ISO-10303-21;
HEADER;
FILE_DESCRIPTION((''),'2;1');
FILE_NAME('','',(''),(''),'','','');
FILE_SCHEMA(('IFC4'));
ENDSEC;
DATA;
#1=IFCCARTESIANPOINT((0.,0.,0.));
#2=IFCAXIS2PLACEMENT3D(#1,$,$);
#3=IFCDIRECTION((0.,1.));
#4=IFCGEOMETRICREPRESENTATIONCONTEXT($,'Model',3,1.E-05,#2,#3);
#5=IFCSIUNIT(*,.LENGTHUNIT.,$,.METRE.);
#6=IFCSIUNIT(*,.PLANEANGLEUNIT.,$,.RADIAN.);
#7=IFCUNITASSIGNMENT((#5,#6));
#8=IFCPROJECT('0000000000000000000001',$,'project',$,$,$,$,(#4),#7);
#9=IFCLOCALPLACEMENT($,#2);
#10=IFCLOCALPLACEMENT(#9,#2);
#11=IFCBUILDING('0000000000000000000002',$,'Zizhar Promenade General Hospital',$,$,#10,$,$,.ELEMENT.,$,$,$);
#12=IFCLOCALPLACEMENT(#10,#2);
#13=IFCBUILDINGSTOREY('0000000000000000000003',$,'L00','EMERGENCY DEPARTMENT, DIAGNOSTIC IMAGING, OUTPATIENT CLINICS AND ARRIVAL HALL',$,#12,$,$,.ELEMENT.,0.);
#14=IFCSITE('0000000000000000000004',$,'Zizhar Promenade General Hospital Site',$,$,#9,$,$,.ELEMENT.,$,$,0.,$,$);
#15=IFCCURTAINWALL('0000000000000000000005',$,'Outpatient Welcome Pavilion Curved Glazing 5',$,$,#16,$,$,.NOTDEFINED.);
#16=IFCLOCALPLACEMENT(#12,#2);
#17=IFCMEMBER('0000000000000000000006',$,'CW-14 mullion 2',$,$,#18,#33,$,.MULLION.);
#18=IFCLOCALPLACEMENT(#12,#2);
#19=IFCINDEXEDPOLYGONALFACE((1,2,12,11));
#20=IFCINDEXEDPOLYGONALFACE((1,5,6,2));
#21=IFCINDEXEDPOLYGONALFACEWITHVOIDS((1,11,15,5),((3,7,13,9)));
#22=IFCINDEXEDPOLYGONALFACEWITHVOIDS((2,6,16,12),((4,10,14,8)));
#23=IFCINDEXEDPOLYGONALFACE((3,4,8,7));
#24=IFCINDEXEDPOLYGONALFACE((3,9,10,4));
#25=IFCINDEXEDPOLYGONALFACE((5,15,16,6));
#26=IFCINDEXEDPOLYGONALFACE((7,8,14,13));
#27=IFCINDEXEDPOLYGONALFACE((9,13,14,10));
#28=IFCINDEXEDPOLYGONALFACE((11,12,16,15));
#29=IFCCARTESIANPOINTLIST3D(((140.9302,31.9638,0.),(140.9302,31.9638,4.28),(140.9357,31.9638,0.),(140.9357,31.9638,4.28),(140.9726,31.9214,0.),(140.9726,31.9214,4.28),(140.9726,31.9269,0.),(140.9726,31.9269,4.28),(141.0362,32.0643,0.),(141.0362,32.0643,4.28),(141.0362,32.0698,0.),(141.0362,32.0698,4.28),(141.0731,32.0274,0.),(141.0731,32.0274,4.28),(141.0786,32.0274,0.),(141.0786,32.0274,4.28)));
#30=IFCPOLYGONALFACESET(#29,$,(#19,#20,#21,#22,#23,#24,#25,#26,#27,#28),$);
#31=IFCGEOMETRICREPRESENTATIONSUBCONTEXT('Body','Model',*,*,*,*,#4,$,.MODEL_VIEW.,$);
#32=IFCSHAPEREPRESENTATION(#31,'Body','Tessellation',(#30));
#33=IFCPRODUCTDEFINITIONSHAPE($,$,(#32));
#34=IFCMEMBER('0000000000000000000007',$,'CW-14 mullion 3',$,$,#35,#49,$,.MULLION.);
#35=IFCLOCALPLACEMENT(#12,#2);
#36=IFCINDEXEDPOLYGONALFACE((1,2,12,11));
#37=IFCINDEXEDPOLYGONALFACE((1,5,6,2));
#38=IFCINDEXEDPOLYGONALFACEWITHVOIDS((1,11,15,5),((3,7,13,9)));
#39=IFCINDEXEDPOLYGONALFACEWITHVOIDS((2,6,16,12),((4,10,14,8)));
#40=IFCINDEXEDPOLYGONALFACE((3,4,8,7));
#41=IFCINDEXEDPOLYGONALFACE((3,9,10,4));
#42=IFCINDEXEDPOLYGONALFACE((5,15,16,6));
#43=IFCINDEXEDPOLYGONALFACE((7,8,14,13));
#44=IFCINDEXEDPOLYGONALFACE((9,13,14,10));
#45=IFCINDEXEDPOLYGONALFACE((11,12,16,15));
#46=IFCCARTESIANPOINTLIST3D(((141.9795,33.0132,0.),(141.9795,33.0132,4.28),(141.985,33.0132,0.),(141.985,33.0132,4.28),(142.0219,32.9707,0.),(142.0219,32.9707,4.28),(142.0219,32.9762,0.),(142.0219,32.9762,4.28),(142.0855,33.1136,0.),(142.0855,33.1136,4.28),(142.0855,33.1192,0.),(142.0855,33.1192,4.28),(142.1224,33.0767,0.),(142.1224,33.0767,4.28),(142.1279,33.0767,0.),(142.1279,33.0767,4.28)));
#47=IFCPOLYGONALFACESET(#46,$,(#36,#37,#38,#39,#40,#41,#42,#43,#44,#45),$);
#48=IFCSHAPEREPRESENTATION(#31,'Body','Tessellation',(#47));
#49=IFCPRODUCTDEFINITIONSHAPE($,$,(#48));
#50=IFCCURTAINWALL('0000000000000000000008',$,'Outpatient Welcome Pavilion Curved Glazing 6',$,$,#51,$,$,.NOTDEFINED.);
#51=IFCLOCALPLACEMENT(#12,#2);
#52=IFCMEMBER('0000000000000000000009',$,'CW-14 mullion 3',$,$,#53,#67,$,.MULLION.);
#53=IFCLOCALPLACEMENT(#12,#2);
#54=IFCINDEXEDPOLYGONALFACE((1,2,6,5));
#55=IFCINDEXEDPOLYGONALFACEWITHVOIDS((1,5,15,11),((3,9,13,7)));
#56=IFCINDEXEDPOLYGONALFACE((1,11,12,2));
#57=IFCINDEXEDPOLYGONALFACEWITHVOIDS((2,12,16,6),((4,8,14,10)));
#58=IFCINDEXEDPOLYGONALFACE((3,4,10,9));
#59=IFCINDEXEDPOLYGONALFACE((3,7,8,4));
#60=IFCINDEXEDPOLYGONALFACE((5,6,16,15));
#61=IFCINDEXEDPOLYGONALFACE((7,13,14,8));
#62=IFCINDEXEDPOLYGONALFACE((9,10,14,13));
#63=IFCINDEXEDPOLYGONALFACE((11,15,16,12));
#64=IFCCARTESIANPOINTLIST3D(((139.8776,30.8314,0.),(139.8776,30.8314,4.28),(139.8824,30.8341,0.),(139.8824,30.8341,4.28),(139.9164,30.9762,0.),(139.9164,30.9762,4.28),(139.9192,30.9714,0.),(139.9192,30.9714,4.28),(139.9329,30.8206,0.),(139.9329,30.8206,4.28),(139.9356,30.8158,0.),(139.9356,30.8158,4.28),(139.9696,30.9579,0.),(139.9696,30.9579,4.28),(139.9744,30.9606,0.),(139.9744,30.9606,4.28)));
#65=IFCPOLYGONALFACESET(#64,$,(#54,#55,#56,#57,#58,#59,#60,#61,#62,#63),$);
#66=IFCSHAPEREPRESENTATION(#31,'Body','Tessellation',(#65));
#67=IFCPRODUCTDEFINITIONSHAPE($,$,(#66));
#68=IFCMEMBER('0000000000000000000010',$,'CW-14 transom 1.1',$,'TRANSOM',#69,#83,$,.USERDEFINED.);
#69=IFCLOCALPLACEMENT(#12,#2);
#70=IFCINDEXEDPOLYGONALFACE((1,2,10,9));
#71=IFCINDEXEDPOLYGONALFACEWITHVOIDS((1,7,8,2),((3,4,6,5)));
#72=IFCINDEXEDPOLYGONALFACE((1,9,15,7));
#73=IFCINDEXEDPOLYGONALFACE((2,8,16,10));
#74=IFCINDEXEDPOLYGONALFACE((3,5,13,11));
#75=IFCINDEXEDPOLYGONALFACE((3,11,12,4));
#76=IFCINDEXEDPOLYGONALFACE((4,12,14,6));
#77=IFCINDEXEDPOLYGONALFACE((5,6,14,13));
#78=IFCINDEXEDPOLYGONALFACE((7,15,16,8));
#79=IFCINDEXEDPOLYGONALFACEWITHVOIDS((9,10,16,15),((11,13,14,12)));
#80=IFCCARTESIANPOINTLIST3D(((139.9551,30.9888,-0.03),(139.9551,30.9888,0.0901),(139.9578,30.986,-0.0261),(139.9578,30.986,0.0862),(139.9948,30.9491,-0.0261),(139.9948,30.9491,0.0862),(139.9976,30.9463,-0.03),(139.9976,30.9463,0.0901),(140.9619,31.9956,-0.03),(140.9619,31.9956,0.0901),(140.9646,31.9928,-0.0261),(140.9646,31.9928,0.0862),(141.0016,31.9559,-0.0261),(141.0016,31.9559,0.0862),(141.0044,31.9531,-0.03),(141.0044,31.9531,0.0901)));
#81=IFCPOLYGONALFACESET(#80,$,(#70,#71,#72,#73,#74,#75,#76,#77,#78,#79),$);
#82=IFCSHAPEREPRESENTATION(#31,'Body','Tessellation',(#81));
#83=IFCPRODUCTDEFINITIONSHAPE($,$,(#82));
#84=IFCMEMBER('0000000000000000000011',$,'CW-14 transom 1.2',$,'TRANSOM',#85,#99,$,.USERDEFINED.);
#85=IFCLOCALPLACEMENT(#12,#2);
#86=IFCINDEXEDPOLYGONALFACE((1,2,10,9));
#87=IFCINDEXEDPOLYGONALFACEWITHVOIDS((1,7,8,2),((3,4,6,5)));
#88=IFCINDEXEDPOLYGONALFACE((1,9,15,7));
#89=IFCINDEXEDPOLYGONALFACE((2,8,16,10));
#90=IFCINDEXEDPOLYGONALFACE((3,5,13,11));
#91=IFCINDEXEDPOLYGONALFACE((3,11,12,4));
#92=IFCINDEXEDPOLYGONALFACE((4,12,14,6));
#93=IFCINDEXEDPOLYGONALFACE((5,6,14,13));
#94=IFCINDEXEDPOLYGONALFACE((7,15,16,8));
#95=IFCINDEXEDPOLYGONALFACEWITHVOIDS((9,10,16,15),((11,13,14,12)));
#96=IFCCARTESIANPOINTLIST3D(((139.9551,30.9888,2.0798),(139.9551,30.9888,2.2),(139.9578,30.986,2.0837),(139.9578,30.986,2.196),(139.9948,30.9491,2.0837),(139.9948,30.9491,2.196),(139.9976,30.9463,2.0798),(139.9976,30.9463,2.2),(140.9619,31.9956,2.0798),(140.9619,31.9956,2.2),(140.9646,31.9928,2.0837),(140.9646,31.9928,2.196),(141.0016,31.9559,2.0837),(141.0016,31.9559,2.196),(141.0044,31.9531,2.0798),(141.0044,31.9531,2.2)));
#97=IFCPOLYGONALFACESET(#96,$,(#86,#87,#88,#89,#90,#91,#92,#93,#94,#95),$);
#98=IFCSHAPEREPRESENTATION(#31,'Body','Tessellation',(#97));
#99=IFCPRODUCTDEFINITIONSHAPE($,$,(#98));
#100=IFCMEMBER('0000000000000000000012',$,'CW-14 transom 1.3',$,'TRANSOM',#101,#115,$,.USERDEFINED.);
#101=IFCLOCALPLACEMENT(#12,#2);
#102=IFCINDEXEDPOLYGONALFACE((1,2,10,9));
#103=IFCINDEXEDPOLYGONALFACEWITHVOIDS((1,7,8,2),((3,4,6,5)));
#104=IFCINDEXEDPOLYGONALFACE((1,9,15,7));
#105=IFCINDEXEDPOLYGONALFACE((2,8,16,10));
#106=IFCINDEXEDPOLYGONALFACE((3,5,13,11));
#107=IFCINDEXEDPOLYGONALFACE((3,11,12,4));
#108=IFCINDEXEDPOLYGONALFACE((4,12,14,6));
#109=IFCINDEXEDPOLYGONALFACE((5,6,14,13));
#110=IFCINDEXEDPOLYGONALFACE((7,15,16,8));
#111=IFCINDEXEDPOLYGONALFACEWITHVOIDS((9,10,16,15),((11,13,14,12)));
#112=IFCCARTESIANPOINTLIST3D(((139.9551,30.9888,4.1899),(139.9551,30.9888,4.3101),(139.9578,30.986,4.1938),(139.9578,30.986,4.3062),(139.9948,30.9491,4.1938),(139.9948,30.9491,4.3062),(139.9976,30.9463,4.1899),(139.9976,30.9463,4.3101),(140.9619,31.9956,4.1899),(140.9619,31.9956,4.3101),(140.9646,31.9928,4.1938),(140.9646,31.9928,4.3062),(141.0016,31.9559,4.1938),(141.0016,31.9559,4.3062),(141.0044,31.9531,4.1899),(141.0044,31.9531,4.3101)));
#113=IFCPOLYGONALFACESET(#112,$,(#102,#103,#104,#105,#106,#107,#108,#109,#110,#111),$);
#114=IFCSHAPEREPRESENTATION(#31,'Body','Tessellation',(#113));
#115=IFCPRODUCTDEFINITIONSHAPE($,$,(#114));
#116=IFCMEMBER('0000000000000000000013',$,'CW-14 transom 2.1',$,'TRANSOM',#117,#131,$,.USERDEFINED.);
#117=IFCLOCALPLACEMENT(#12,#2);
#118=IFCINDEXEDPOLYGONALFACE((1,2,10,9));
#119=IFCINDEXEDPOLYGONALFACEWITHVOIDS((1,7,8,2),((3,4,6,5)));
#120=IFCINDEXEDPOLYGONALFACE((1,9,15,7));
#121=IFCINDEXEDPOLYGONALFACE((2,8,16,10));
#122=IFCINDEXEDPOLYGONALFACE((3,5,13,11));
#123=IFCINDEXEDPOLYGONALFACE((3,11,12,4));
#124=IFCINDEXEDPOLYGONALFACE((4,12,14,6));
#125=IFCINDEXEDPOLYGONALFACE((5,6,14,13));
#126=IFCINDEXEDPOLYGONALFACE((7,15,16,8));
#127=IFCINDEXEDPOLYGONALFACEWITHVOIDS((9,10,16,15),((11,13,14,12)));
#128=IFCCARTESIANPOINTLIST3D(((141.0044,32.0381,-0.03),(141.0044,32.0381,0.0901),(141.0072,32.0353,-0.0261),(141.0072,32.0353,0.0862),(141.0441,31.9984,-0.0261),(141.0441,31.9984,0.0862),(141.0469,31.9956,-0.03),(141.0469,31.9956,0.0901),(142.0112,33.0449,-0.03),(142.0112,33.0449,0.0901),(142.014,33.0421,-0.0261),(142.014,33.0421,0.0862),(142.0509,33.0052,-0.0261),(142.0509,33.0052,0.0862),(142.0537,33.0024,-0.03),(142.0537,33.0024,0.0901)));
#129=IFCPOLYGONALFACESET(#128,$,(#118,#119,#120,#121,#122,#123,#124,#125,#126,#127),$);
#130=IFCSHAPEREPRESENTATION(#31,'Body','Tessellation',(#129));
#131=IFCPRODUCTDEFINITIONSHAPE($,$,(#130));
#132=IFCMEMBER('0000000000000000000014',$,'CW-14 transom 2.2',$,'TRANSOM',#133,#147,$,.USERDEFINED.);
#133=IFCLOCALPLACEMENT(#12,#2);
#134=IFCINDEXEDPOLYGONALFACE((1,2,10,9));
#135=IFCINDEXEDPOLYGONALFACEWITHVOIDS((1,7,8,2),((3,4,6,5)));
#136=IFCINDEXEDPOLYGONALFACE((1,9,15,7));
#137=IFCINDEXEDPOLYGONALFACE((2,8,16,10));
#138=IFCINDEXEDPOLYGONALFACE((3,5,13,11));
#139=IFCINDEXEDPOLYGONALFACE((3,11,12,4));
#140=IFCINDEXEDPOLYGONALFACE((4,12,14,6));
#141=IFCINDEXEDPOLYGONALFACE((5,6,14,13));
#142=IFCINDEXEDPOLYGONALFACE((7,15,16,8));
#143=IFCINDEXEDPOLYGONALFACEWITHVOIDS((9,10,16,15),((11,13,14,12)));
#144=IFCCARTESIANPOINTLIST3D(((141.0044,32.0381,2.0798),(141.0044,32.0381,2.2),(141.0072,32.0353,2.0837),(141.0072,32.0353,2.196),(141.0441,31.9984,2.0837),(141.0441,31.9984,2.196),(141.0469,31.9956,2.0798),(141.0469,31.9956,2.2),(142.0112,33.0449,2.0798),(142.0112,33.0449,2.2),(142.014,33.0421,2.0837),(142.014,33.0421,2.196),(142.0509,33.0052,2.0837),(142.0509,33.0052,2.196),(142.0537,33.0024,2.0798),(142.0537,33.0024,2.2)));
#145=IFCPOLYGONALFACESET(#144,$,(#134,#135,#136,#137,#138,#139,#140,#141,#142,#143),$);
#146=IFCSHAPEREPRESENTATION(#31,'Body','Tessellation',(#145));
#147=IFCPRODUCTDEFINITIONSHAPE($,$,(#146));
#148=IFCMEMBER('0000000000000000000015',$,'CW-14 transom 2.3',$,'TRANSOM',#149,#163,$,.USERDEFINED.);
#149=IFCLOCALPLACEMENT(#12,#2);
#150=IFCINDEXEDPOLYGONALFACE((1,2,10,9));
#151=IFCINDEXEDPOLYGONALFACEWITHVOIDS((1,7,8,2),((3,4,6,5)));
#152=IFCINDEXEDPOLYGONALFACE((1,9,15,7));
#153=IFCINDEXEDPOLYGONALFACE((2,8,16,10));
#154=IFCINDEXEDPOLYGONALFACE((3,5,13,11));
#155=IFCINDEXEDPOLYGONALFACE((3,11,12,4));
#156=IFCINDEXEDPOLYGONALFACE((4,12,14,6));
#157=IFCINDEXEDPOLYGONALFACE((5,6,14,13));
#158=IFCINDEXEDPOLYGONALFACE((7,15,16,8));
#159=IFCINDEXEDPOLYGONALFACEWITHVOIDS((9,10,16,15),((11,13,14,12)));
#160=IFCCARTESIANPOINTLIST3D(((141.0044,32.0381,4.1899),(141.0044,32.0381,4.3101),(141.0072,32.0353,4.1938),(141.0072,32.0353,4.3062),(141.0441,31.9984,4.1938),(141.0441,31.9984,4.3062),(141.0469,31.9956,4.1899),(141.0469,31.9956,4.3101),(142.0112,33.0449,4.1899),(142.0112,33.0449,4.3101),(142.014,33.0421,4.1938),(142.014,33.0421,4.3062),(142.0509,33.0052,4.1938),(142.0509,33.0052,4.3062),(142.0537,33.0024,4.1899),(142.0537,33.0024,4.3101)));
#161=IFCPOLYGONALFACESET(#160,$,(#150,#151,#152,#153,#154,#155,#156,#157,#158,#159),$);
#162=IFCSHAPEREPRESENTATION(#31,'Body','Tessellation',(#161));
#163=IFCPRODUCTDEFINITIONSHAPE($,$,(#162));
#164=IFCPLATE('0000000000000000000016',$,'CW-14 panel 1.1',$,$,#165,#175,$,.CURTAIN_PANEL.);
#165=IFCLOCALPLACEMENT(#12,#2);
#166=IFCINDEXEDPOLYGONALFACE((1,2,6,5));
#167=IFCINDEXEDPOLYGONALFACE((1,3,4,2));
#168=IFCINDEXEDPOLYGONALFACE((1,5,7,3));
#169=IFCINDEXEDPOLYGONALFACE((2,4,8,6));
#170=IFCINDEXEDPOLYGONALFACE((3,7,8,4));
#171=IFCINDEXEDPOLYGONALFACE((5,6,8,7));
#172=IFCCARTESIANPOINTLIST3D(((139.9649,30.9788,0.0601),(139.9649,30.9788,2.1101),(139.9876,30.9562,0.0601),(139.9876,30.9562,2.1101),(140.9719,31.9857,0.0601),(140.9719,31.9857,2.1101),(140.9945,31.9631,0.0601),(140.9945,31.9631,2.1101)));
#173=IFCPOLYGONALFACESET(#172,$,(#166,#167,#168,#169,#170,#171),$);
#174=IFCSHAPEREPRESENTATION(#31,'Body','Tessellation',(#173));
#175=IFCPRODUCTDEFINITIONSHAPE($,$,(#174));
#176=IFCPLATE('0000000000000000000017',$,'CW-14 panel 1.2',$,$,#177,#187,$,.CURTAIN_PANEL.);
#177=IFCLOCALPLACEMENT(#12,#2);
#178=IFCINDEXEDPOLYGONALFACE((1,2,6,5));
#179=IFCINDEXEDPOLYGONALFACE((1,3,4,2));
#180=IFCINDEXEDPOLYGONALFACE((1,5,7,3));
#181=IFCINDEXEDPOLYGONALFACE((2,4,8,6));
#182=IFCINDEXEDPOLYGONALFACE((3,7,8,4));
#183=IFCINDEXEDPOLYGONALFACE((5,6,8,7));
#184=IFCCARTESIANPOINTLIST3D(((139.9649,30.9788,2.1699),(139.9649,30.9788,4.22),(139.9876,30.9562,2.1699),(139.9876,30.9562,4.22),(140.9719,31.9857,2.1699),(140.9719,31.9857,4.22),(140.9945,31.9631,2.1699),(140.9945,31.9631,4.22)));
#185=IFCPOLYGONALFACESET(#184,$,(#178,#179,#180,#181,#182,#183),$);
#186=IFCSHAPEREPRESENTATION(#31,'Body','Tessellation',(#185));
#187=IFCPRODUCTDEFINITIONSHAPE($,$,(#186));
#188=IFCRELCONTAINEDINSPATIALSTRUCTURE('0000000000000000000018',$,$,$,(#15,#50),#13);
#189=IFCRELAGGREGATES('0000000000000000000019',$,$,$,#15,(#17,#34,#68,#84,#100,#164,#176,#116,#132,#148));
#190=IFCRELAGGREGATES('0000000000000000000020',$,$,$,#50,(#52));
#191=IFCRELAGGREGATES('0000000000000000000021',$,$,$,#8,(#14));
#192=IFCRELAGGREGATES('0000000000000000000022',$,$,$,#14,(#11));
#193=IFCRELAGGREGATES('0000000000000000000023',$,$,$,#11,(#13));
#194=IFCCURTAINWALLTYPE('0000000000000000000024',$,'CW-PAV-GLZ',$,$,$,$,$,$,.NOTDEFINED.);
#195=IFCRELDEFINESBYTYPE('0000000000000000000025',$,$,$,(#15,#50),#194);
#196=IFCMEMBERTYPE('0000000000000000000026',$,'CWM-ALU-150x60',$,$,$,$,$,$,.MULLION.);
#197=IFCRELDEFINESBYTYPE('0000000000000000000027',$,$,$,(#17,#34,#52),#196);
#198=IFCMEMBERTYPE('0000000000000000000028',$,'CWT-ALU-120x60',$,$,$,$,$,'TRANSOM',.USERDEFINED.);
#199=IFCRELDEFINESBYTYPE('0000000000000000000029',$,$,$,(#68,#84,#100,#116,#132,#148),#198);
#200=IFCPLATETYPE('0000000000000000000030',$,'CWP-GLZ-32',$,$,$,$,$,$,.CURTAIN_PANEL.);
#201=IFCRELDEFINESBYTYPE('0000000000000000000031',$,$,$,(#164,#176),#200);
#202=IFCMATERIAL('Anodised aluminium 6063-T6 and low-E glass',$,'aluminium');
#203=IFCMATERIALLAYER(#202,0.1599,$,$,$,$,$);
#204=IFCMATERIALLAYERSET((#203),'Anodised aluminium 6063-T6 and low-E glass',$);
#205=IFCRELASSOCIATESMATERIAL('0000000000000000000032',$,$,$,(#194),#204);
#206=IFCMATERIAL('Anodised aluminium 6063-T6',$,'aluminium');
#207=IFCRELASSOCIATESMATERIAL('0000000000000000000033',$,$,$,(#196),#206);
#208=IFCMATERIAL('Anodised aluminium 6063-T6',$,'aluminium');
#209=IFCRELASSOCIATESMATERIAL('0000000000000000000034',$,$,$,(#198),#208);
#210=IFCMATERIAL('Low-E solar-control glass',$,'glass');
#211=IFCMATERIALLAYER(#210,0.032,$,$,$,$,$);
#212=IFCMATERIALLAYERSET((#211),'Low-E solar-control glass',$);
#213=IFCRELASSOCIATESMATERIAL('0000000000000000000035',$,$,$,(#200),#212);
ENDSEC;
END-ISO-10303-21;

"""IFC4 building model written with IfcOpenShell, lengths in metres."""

from ifc_helpers import new_model, si_unit, direction, frame, origin, origin_2d, place, context, subcontext, project, spatial, rectangle, hollow_rectangle, extrude, material, layer, layer_set, material_profile, profile_set, type_object, element, aggregate, save


model = new_model("IFC4")

# Units and contexts
model_context = context("Model", 3, precision=1e-05, world=origin(), true_north=direction((0.0, 1.0)))
body_context = subcontext(model_context, "Body", "Model", "MODEL_VIEW")
ifc_project = project(units=[si_unit("LENGTHUNIT", "METRE"), si_unit("PLANEANGLEUNIT", "RADIAN")], contexts=[model_context])

# Site, building, storey
site_placement = place(None, origin())
site = spatial("IfcSite", under=ifc_project, at=site_placement, Name="Zizhar Promenade General Hospital Site", CompositionType="ELEMENT", RefElevation=0.0)
building_placement = place(site_placement, origin())
building = spatial("IfcBuilding", under=site, at=building_placement, Name="Zizhar Promenade General Hospital", CompositionType="ELEMENT")
storey_placement = place(building_placement, origin())
storey = spatial("IfcBuildingStorey", under=building, at=storey_placement, Name="L00", Description="EMERGENCY DEPARTMENT, DIAGNOSTIC IMAGING, OUTPATIENT CLINICS AND ARRIVAL HALL", CompositionType="ELEMENT", Elevation=0.0)

# Curtain wall, members
ifc_material_1 = material(Name="Anodised aluminium 6063-T6 and low-E glass", Category="aluminium")
ifc_layer_1 = layer(ifc_material_1, 0.1599)
ifc_layer_set_1 = layer_set([ifc_layer_1], Name="Anodised aluminium 6063-T6 and low-E glass")
curtain_wall_type = type_object("IfcCurtainWallType", Name="CW-PAV-GLZ", PredefinedType="NOTDEFINED", material=ifc_layer_set_1)
curtain_wall_1_placement = place(storey_placement, origin())
curtain_wall_1 = element("IfcCurtainWall", 1, at=curtain_wall_1_placement, inside=storey, type_object=curtain_wall_type, Name="Outpatient Welcome Pavilion Curved Glazing 5", PredefinedType="NOTDEFINED")
ifc_material_2 = material(Name="Anodised aluminium 6063-T6", Category="aluminium")
ifc_material_profile_1 = material_profile(ifc_material_2, hollow_rectangle(XDim=0.0601, YDim=0.1499, WallThickness=0.0039, at=origin_2d()))
ifc_profile_set_1 = profile_set([ifc_material_profile_1], Name="Anodised aluminium 6063-T6")
member_type_1 = type_object("IfcMemberType", Name="CWM-ALU-150x60", PredefinedType="MULLION", material=ifc_profile_set_1)
member_1_placement = place(storey_placement, frame((141.0044, 31.9956, 0.0), z_axis=(0.0, 0.0, 1.0), x_axis=(-0.707107, 0.707107, 0.0)))
member_1 = element("IfcMember", 2, at=member_1_placement, type_object=member_type_1, Name="CW-14 mullion 2", PredefinedType="MULLION", context=body_context, shape_type="SweptSolid", body=[
    extrude(hollow_rectangle(XDim=0.0601, YDim=0.1499, WallThickness=0.0039, at=origin_2d()), origin(), (0.0, 0.0, 1.0), 4.28),
])
member_2_placement = place(storey_placement, frame((142.0537, 33.0449, 0.0), z_axis=(0.0, 0.0, 1.0), x_axis=(-0.707107, 0.707107, 0.0)))
member_2 = element("IfcMember", 3, at=member_2_placement, type_object=member_type_1, Name="CW-14 mullion 3", PredefinedType="MULLION", context=body_context, shape_type="SweptSolid", body=[
    extrude(hollow_rectangle(XDim=0.0601, YDim=0.1499, WallThickness=0.0039, at=origin_2d()), origin(), (0.0, 0.0, 1.0), 4.28),
])

# Curtain wall, member
curtain_wall_2_placement = place(storey_placement, origin())
curtain_wall_2 = element("IfcCurtainWall", 4, at=curtain_wall_2_placement, inside=storey, type_object=curtain_wall_type, Name="Outpatient Welcome Pavilion Curved Glazing 6", PredefinedType="NOTDEFINED")
member_3_placement = place(storey_placement, frame((139.926, 30.896, 0.0), z_axis=(0.0, 0.0, 1.0), x_axis=(-0.965922, 0.258834, 0.0)))
member_3 = element("IfcMember", 5, at=member_3_placement, type_object=member_type_1, Name="CW-14 mullion 3", PredefinedType="MULLION", context=body_context, shape_type="SweptSolid", body=[
    extrude(hollow_rectangle(XDim=0.0601, YDim=0.1499, WallThickness=0.0039, at=origin_2d()), origin(), (0.0, 0.0, 1.0), 4.28),
])

# Members
ifc_material_3 = material(Name="Anodised aluminium 6063-T6", Category="aluminium")
ifc_material_profile_2 = material_profile(ifc_material_3, hollow_rectangle(XDim=0.0601, YDim=0.1201, WallThickness=0.0039, at=origin_2d()))
ifc_profile_set_2 = profile_set([ifc_material_profile_2], Name="Anodised aluminium 6063-T6")
member_type_2 = type_object("IfcMemberType", Name="CWT-ALU-120x60", ElementType="TRANSOM", PredefinedType="USERDEFINED", material=ifc_profile_set_2)
member_4_placement = place(storey_placement, frame((139.9763, 30.9675, 0.03), z_axis=(0.707107, 0.707107, 0.0), x_axis=(-0.707107, 0.707107, 0.0)))
member_4 = element("IfcMember", 6, at=member_4_placement, type_object=member_type_2, Name="CW-14 transom 1.1", ObjectType="TRANSOM", PredefinedType="USERDEFINED", context=body_context, shape_type="SweptSolid", body=[
    extrude(hollow_rectangle(XDim=0.0601, YDim=0.1201, WallThickness=0.0039, at=origin_2d()), origin(), (0.0, 0.0, 1.0), 1.4238),
])
member_5_placement = place(storey_placement, frame((139.9763, 30.9675, 2.1399), z_axis=(0.707107, 0.707107, 0.0), x_axis=(-0.707107, 0.707107, 0.0)))
member_5 = element("IfcMember", 7, at=member_5_placement, type_object=member_type_2, Name="CW-14 transom 1.2", ObjectType="TRANSOM", PredefinedType="USERDEFINED", context=body_context, shape_type="SweptSolid", body=[
    extrude(hollow_rectangle(XDim=0.0601, YDim=0.1201, WallThickness=0.0039, at=origin_2d()), origin(), (0.0, 0.0, 1.0), 1.4238),
])
member_6_placement = place(storey_placement, frame((139.9763, 30.9675, 4.25), z_axis=(0.707107, 0.707107, 0.0), x_axis=(-0.707107, 0.707107, 0.0)))
member_6 = element("IfcMember", 8, at=member_6_placement, type_object=member_type_2, Name="CW-14 transom 1.3", ObjectType="TRANSOM", PredefinedType="USERDEFINED", context=body_context, shape_type="SweptSolid", body=[
    extrude(hollow_rectangle(XDim=0.0601, YDim=0.1201, WallThickness=0.0039, at=origin_2d()), origin(), (0.0, 0.0, 1.0), 1.4238),
])
member_7_placement = place(storey_placement, frame((141.0256, 32.0168, 0.03), z_axis=(0.707107, 0.707107, 0.0), x_axis=(-0.707107, 0.707107, 0.0)))
member_7 = element("IfcMember", 9, at=member_7_placement, type_object=member_type_2, Name="CW-14 transom 2.1", ObjectType="TRANSOM", PredefinedType="USERDEFINED", context=body_context, shape_type="SweptSolid", body=[
    extrude(hollow_rectangle(XDim=0.0601, YDim=0.1201, WallThickness=0.0039, at=origin_2d()), origin(), (0.0, 0.0, 1.0), 1.4238),
])
member_8_placement = place(storey_placement, frame((141.0256, 32.0168, 2.1399), z_axis=(0.707107, 0.707107, 0.0), x_axis=(-0.707107, 0.707107, 0.0)))
member_8 = element("IfcMember", 10, at=member_8_placement, type_object=member_type_2, Name="CW-14 transom 2.2", ObjectType="TRANSOM", PredefinedType="USERDEFINED", context=body_context, shape_type="SweptSolid", body=[
    extrude(hollow_rectangle(XDim=0.0601, YDim=0.1201, WallThickness=0.0039, at=origin_2d()), origin(), (0.0, 0.0, 1.0), 1.4238),
])
member_9_placement = place(storey_placement, frame((141.0256, 32.0168, 4.25), z_axis=(0.707107, 0.707107, 0.0), x_axis=(-0.707107, 0.707107, 0.0)))
member_9 = element("IfcMember", 11, at=member_9_placement, type_object=member_type_2, Name="CW-14 transom 2.3", ObjectType="TRANSOM", PredefinedType="USERDEFINED", context=body_context, shape_type="SweptSolid", body=[
    extrude(hollow_rectangle(XDim=0.0601, YDim=0.1201, WallThickness=0.0039, at=origin_2d()), origin(), (0.0, 0.0, 1.0), 1.4238),
])

# Plates
ifc_material_4 = material(Name="Low-E solar-control glass", Category="glass")
ifc_layer_2 = layer(ifc_material_4, 0.032)
ifc_layer_set_2 = layer_set([ifc_layer_2], Name="Low-E solar-control glass")
plate_type = type_object("IfcPlateType", Name="CWP-GLZ-32", PredefinedType="CURTAIN_PANEL", material=ifc_layer_set_2)
plate_1_placement = place(storey_placement, frame((140.4797, 31.4709, 0.0601), z_axis=(0.0, 0.0, 1.0), x_axis=(0.707107, 0.707107, 0.0)))
plate_1 = element("IfcPlate", 12, at=plate_1_placement, type_object=plate_type, Name="CW-14 panel 1.1", PredefinedType="CURTAIN_PANEL", context=body_context, shape_type="SweptSolid", body=[
    extrude(rectangle(XDim=1.4241, YDim=0.032, at=origin_2d()), origin(), (0.0, 0.0, 1.0), 2.05),
])
plate_2_placement = place(storey_placement, frame((140.4797, 31.4709, 2.1699), z_axis=(0.0, 0.0, 1.0), x_axis=(0.707107, 0.707107, 0.0)))
plate_2 = element("IfcPlate", 13, at=plate_2_placement, type_object=plate_type, Name="CW-14 panel 1.2", PredefinedType="CURTAIN_PANEL", context=body_context, shape_type="SweptSolid", body=[
    extrude(rectangle(XDim=1.4241, YDim=0.032, at=origin_2d()), origin(), (0.0, 0.0, 1.0), 2.05),
])
aggregate(curtain_wall_1, [member_1, member_2, member_4, member_5, member_6, plate_1, plate_2, member_7, member_8, member_9])
aggregate(curtain_wall_2, [member_3])

save(model, "model.ifc")
